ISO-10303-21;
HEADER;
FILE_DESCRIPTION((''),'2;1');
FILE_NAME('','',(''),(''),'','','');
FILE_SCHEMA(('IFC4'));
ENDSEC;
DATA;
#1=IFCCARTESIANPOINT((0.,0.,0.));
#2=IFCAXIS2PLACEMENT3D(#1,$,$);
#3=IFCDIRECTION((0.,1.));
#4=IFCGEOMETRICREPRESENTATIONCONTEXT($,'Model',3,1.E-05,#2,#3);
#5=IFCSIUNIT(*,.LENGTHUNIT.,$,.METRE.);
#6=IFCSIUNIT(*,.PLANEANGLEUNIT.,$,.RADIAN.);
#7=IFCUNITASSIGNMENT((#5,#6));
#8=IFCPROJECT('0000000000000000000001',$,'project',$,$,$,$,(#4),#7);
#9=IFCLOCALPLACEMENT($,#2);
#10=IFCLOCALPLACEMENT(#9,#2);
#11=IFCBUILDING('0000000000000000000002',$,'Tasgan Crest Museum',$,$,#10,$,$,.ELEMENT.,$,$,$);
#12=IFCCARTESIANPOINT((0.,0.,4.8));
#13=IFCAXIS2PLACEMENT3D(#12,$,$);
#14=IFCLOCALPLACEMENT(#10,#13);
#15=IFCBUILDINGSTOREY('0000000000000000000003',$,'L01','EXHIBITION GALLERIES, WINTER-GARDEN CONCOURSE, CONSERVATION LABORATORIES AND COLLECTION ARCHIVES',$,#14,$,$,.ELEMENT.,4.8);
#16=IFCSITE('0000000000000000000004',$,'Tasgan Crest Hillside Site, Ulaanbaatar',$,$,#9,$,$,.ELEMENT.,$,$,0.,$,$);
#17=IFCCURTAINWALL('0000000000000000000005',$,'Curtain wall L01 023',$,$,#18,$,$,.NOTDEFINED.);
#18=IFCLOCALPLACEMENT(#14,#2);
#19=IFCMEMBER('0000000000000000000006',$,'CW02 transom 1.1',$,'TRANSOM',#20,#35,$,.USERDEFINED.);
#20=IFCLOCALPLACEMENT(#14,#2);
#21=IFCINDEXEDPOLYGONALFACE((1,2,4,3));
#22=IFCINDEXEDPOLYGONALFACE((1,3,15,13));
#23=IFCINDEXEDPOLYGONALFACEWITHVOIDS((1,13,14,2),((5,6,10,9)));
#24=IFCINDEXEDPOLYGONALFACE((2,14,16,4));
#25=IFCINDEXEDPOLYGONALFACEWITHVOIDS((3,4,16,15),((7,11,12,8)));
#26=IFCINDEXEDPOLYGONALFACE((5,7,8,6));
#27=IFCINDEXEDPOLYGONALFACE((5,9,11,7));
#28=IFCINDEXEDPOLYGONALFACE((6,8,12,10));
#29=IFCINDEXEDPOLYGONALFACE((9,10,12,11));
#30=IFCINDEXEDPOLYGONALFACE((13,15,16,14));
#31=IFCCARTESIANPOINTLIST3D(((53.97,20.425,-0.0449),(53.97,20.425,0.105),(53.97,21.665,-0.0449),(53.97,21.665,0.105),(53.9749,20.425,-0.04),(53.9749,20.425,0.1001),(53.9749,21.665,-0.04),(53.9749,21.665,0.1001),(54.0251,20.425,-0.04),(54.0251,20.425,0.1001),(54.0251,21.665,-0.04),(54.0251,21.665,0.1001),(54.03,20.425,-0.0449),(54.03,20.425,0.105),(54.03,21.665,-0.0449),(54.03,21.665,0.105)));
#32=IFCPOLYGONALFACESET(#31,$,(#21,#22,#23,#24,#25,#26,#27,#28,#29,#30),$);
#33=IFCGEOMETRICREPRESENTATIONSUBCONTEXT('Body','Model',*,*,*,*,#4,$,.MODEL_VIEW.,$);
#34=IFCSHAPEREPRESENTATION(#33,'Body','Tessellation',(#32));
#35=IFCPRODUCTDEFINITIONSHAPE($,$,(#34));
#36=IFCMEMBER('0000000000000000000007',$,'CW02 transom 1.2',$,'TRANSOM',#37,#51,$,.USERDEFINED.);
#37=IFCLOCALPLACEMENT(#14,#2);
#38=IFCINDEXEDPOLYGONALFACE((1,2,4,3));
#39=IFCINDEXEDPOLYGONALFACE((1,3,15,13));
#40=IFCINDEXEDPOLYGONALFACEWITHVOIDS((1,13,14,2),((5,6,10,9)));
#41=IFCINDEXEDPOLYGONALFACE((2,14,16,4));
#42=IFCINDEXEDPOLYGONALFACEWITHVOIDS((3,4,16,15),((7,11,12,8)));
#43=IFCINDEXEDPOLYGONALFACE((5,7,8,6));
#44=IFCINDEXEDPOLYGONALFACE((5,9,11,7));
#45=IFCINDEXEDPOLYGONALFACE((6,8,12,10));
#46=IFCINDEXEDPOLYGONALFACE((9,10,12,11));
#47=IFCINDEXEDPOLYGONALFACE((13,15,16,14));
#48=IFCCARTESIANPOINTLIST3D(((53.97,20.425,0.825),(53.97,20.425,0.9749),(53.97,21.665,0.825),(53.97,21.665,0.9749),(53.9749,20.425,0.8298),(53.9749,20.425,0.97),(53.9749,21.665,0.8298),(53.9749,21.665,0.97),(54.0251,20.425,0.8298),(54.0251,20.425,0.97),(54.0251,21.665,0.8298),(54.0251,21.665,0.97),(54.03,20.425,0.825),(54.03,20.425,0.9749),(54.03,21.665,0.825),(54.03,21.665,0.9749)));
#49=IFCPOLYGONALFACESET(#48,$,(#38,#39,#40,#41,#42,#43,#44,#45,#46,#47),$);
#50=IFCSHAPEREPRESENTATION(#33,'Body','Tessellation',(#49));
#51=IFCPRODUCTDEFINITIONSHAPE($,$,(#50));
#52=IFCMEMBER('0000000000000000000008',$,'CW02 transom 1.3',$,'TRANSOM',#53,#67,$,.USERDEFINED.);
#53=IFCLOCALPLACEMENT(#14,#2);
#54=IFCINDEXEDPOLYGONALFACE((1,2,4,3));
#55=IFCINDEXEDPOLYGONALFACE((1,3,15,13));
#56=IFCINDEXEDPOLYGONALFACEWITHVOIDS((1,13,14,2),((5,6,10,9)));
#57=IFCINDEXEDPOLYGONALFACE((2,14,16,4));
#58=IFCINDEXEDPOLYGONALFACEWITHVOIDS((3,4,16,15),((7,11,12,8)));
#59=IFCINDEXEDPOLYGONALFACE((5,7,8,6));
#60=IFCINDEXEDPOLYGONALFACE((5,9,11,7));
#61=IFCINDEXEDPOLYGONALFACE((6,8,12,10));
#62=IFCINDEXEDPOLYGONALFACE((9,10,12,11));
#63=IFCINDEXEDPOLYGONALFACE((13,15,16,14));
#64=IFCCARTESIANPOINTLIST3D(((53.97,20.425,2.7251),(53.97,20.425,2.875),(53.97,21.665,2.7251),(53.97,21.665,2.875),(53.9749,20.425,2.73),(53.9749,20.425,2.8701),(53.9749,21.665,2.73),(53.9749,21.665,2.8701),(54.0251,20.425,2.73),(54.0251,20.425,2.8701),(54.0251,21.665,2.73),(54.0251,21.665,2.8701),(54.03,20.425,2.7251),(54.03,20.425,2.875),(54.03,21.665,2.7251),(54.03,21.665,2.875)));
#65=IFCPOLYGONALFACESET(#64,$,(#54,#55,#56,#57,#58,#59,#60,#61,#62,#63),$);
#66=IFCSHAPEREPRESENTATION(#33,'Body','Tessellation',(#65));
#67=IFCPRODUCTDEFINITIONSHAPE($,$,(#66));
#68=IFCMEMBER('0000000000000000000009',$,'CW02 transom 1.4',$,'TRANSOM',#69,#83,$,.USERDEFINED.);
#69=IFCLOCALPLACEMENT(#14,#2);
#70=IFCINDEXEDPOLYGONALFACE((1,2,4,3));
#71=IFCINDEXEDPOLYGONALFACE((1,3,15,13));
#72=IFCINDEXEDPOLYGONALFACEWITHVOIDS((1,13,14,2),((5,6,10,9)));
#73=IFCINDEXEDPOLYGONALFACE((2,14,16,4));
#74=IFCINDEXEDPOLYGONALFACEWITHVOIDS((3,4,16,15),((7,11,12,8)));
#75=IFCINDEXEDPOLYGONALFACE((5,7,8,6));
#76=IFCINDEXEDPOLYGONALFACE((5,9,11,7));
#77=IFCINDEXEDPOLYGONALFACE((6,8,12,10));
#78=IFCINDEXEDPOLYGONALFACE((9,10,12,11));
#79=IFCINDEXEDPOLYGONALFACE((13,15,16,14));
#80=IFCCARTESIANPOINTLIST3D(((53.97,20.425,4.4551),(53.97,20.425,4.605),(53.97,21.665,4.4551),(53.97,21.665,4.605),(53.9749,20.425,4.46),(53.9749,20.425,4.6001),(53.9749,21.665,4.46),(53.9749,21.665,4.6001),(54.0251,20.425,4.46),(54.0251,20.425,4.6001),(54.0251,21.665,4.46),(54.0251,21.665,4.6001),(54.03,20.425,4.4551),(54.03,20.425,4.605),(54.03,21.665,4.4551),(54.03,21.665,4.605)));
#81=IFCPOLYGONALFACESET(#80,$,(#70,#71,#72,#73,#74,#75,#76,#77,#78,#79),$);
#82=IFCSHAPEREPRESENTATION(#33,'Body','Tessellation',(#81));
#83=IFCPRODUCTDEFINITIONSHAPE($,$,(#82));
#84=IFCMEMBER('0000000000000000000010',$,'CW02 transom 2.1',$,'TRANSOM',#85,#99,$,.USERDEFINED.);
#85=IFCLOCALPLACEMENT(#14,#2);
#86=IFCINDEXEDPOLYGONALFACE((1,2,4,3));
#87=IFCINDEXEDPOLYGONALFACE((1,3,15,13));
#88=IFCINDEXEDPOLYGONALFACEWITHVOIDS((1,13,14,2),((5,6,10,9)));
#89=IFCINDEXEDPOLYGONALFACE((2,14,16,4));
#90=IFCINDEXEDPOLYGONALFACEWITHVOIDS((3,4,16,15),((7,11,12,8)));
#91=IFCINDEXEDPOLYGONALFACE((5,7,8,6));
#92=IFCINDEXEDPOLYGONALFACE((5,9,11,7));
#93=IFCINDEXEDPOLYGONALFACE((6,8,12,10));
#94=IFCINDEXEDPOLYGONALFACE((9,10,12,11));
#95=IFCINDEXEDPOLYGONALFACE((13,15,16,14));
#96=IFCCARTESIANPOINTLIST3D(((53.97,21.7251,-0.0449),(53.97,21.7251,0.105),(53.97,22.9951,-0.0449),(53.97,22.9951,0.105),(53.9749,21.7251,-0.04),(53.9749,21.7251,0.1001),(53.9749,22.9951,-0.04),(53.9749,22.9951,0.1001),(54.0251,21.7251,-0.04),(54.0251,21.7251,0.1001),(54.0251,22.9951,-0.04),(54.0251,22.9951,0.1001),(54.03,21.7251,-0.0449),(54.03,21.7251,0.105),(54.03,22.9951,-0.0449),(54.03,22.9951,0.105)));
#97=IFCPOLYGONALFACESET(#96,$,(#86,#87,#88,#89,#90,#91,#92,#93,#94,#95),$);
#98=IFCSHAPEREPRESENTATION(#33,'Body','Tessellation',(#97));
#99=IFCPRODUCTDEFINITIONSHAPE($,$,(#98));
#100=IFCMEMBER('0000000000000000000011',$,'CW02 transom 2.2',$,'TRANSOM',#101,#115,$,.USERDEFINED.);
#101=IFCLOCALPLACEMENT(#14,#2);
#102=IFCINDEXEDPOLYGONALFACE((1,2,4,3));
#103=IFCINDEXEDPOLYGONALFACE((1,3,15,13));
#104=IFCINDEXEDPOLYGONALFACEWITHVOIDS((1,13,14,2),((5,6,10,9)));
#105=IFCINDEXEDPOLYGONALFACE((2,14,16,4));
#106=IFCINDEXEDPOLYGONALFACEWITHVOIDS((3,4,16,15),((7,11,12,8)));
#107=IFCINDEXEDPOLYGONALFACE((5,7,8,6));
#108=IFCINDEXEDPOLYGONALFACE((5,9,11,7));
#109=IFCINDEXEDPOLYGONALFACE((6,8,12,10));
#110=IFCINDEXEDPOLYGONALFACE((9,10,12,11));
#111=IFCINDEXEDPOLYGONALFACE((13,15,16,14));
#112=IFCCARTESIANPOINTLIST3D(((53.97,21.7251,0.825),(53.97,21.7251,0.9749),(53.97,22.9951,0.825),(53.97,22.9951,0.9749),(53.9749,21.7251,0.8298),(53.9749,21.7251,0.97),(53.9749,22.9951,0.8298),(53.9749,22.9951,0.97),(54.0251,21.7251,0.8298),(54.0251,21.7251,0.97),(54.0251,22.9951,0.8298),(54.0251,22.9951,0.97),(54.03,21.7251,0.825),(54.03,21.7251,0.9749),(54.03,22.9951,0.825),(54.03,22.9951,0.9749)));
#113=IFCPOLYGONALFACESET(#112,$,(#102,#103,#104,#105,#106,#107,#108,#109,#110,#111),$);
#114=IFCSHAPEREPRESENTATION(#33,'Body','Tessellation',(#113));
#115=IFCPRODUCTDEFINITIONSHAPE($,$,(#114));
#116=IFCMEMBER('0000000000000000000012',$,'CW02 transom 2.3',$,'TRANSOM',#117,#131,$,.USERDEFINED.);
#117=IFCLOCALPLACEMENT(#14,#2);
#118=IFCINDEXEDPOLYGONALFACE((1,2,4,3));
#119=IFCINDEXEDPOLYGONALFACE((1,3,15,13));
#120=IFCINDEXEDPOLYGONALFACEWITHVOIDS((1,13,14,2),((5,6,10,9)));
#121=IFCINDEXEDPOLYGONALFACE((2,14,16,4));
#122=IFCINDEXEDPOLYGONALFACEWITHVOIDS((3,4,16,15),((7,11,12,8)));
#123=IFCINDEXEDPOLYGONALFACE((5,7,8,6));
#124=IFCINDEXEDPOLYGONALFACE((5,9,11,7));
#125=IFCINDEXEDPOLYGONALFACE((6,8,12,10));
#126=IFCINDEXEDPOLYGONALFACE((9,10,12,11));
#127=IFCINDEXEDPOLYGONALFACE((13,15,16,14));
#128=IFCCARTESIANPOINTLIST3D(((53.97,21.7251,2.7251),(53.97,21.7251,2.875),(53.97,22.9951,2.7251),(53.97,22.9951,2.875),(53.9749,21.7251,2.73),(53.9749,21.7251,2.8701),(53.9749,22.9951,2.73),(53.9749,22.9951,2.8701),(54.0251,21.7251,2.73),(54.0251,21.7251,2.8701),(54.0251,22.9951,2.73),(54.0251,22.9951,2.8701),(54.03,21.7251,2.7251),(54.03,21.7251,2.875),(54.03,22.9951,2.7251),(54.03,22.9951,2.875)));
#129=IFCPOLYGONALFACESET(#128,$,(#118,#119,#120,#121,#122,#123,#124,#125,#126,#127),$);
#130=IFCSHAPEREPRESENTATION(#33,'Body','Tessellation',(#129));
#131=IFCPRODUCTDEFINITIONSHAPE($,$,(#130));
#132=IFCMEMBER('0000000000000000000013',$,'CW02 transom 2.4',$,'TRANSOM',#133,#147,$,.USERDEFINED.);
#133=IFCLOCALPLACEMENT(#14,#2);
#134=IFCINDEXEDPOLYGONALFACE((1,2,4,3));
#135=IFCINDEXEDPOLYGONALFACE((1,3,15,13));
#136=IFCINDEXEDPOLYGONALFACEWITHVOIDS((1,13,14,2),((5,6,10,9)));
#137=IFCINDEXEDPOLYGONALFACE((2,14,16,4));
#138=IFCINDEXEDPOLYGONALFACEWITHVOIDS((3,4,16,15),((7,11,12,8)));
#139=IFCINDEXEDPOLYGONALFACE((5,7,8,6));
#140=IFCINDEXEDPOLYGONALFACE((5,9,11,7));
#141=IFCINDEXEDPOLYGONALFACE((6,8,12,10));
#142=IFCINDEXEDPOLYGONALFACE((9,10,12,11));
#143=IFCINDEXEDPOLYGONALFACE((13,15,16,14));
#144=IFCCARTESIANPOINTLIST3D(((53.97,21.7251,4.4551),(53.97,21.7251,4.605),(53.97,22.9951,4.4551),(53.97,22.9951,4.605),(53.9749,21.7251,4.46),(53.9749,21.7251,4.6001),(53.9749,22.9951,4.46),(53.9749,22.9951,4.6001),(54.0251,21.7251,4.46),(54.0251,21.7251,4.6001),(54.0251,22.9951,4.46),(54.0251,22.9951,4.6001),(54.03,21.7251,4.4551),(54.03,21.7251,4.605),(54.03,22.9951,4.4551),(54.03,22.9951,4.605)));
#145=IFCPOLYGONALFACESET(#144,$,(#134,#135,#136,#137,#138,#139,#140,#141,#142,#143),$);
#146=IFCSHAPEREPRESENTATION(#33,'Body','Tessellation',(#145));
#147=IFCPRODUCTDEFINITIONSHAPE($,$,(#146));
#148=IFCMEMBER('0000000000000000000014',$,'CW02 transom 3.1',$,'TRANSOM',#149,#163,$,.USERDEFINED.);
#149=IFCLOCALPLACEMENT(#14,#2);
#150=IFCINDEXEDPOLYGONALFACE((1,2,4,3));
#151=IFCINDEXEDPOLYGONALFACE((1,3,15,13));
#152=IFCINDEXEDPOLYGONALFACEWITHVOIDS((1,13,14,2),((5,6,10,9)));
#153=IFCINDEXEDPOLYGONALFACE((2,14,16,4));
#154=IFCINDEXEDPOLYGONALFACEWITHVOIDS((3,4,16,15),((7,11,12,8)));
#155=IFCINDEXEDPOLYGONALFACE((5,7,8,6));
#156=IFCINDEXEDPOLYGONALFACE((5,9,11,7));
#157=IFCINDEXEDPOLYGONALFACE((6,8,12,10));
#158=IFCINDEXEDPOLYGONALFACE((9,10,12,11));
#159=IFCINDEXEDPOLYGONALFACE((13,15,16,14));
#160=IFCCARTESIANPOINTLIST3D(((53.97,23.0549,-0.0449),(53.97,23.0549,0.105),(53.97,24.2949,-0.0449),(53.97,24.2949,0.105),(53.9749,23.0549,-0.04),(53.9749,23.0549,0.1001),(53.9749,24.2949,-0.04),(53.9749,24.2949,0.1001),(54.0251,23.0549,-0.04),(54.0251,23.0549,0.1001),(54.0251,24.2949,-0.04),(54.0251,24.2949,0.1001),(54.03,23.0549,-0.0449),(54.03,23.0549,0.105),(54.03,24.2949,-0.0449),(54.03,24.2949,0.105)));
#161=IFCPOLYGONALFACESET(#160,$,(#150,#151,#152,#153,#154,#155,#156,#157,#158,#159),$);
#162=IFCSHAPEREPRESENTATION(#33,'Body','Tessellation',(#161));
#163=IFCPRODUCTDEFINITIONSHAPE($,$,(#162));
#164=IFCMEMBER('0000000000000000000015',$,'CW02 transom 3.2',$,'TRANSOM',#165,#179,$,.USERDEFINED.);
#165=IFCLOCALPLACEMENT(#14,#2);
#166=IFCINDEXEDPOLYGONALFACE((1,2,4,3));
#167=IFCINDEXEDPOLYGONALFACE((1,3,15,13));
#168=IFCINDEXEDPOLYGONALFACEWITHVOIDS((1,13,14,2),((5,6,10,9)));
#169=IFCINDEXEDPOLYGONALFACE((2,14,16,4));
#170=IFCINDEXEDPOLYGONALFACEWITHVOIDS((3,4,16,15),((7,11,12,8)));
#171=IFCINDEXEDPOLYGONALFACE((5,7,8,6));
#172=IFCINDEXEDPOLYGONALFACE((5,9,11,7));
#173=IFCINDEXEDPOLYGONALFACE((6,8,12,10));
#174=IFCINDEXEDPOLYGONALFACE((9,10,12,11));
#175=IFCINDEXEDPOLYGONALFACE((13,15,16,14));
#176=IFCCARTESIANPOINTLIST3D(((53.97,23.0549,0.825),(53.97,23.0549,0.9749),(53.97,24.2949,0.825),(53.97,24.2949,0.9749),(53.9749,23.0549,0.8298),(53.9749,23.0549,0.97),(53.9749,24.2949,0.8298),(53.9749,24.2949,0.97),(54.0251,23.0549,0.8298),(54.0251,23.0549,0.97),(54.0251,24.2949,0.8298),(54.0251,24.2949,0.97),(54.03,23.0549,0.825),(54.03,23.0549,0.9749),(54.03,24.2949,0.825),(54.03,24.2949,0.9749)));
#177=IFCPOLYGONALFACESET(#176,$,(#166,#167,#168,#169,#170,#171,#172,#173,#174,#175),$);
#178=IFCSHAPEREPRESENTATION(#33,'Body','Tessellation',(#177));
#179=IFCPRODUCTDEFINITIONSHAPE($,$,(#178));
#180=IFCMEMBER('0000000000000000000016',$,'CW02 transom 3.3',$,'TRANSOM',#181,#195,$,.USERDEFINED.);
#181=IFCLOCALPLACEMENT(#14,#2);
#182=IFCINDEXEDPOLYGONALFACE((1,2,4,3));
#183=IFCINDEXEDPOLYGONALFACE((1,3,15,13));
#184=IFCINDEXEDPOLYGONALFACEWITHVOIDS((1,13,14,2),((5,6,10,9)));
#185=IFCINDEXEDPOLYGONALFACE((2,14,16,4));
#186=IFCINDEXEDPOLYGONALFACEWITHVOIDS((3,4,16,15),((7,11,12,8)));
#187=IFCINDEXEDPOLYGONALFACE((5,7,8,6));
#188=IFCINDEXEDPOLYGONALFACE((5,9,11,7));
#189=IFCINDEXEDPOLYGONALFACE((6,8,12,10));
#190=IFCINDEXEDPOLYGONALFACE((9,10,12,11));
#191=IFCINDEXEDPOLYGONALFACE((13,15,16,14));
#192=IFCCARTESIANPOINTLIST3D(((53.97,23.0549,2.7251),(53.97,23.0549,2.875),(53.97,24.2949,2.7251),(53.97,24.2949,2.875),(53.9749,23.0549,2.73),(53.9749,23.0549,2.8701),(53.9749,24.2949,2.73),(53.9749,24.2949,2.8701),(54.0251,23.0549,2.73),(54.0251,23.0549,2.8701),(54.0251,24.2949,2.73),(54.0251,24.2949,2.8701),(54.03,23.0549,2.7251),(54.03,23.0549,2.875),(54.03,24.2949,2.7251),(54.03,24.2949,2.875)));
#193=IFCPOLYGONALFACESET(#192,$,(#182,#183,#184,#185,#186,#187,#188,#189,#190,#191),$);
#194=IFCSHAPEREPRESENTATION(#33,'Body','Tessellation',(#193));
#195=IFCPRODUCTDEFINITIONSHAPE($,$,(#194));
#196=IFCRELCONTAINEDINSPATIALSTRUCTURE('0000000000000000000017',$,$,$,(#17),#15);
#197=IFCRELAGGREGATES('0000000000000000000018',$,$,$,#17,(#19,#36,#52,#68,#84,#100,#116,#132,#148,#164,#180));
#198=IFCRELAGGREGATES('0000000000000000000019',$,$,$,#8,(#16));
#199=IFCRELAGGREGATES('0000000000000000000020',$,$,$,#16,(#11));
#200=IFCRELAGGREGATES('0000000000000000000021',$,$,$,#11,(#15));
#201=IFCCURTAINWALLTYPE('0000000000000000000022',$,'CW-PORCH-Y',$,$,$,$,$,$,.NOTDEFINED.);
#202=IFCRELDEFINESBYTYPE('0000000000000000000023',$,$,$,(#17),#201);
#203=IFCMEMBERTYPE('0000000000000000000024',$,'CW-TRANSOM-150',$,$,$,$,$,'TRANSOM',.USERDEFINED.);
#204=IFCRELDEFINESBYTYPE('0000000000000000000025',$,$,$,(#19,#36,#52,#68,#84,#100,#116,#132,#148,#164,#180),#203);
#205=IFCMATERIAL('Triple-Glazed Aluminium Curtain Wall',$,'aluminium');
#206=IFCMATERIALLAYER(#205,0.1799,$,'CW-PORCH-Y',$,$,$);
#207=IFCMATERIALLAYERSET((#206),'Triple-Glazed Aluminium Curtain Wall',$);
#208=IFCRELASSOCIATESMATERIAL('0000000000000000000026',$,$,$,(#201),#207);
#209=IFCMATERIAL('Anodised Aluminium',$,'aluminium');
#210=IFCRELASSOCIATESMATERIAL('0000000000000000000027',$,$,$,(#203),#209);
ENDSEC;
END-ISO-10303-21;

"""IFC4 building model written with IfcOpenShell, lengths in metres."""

from ifc_helpers import new_model, si_unit, direction, frame, origin, origin_2d, place, context, subcontext, project, spatial, hollow_rectangle, extrude, material, layer, layer_set, material_profile, profile_set, type_object, element, aggregate, save


model = new_model("IFC4")

# Units and contexts
model_context = context("Model", 3, precision=1e-05, world=origin(), true_north=direction((0.0, 1.0)))
body_context = subcontext(model_context, "Body", "Model", "MODEL_VIEW")
ifc_project = project(units=[si_unit("LENGTHUNIT", "METRE"), si_unit("PLANEANGLEUNIT", "RADIAN")], contexts=[model_context])

# Site, building, storey
site_placement = place(None, origin())
site = spatial("IfcSite", under=ifc_project, at=site_placement, Name="Tasgan Crest Hillside Site, Ulaanbaatar", CompositionType="ELEMENT", RefElevation=0.0)
building_placement = place(site_placement, origin())
building = spatial("IfcBuilding", under=site, at=building_placement, Name="Tasgan Crest Museum", CompositionType="ELEMENT")
storey_placement = place(building_placement, frame((0.0, 0.0, 4.8)))
storey = spatial("IfcBuildingStorey", under=building, at=storey_placement, Name="L01", Description="EXHIBITION GALLERIES, WINTER-GARDEN CONCOURSE, CONSERVATION LABORATORIES AND COLLECTION ARCHIVES", CompositionType="ELEMENT", Elevation=4.8)

# Shared definitions
ifc_material_1 = material(Name="Triple-Glazed Aluminium Curtain Wall", Category="aluminium")
ifc_layer_1 = layer(ifc_material_1, 0.1799, Name="CW-PORCH-Y")
ifc_layer_set_1 = layer_set([ifc_layer_1], Name="Triple-Glazed Aluminium Curtain Wall")
curtain_wall_type = type_object("IfcCurtainWallType", Name="CW-PORCH-Y", PredefinedType="NOTDEFINED", material=ifc_layer_set_1)

# Curtain wall, members
curtain_wall_1_placement = place(storey_placement, origin())
curtain_wall_1 = element("IfcCurtainWall", 1, at=curtain_wall_1_placement, inside=storey, type_object=curtain_wall_type, Name="Curtain wall L01 023", PredefinedType="NOTDEFINED")
ifc_material_2 = material(Name="Anodised Aluminium", Category="aluminium")
ifc_material_profile_1 = material_profile(ifc_material_2, hollow_rectangle(XDim=0.0601, YDim=0.1499, WallThickness=0.0049, at=origin_2d()), Name="ALU TRANSOM 150x60x5")
ifc_profile_set_1 = profile_set([ifc_material_profile_1], Name="Anodised Aluminium")
member_type_1 = type_object("IfcMemberType", Name="CW-TRANSOM-150", ElementType="TRANSOM", PredefinedType="USERDEFINED", material=ifc_profile_set_1)
member_1_placement = place(storey_placement, frame((54.0, 20.425, 0.03), z_axis=(0.0, 1.0, 0.0), x_axis=(-1.0, 0.0, 0.0)))
member_1 = element("IfcMember", 2, at=member_1_placement, type_object=member_type_1, Name="CW02 transom 1.1", ObjectType="TRANSOM", PredefinedType="USERDEFINED", context=body_context, shape_type="SweptSolid", body=[
    extrude(hollow_rectangle(XDim=0.0601, YDim=0.1499, WallThickness=0.0049, at=origin_2d()), origin(), (0.0, 0.0, 1.0), 1.24),
])
member_2_placement = place(storey_placement, frame((54.0, 20.425, 0.8999), z_axis=(0.0, 1.0, 0.0), x_axis=(-1.0, 0.0, 0.0)))
member_2 = element("IfcMember", 3, at=member_2_placement, type_object=member_type_1, Name="CW02 transom 1.2", ObjectType="TRANSOM", PredefinedType="USERDEFINED", context=body_context, shape_type="SweptSolid", body=[
    extrude(hollow_rectangle(XDim=0.0601, YDim=0.1499, WallThickness=0.0049, at=origin_2d()), origin(), (0.0, 0.0, 1.0), 1.24),
])
member_3_placement = place(storey_placement, frame((54.0, 20.425, 2.8), z_axis=(0.0, 1.0, 0.0), x_axis=(-1.0, 0.0, 0.0)))
member_3 = element("IfcMember", 4, at=member_3_placement, type_object=member_type_1, Name="CW02 transom 1.3", ObjectType="TRANSOM", PredefinedType="USERDEFINED", context=body_context, shape_type="SweptSolid", body=[
    extrude(hollow_rectangle(XDim=0.0601, YDim=0.1499, WallThickness=0.0049, at=origin_2d()), origin(), (0.0, 0.0, 1.0), 1.24),
])
member_4_placement = place(storey_placement, frame((54.0, 20.425, 4.53), z_axis=(0.0, 1.0, 0.0), x_axis=(-1.0, 0.0, 0.0)))
member_4 = element("IfcMember", 5, at=member_4_placement, type_object=member_type_1, Name="CW02 transom 1.4", ObjectType="TRANSOM", PredefinedType="USERDEFINED", context=body_context, shape_type="SweptSolid", body=[
    extrude(hollow_rectangle(XDim=0.0601, YDim=0.1499, WallThickness=0.0049, at=origin_2d()), origin(), (0.0, 0.0, 1.0), 1.24),
])
member_5_placement = place(storey_placement, frame((54.0, 21.7251, 0.03), z_axis=(0.0, 1.0, 0.0), x_axis=(-1.0, 0.0, 0.0)))
member_5 = element("IfcMember", 6, at=member_5_placement, type_object=member_type_1, Name="CW02 transom 2.1", ObjectType="TRANSOM", PredefinedType="USERDEFINED", context=body_context, shape_type="SweptSolid", body=[
    extrude(hollow_rectangle(XDim=0.0601, YDim=0.1499, WallThickness=0.0049, at=origin_2d()), origin(), (0.0, 0.0, 1.0), 1.27),
])
member_6_placement = place(storey_placement, frame((54.0, 21.7251, 0.8999), z_axis=(0.0, 1.0, 0.0), x_axis=(-1.0, 0.0, 0.0)))
member_6 = element("IfcMember", 7, at=member_6_placement, type_object=member_type_1, Name="CW02 transom 2.2", ObjectType="TRANSOM", PredefinedType="USERDEFINED", context=body_context, shape_type="SweptSolid", body=[
    extrude(hollow_rectangle(XDim=0.0601, YDim=0.1499, WallThickness=0.0049, at=origin_2d()), origin(), (0.0, 0.0, 1.0), 1.27),
])
member_7_placement = place(storey_placement, frame((54.0, 21.7251, 2.8), z_axis=(0.0, 1.0, 0.0), x_axis=(-1.0, 0.0, 0.0)))
member_7 = element("IfcMember", 8, at=member_7_placement, type_object=member_type_1, Name="CW02 transom 2.3", ObjectType="TRANSOM", PredefinedType="USERDEFINED", context=body_context, shape_type="SweptSolid", body=[
    extrude(hollow_rectangle(XDim=0.0601, YDim=0.1499, WallThickness=0.0049, at=origin_2d()), origin(), (0.0, 0.0, 1.0), 1.27),
])
member_8_placement = place(storey_placement, frame((54.0, 21.7251, 4.53), z_axis=(0.0, 1.0, 0.0), x_axis=(-1.0, 0.0, 0.0)))
member_8 = element("IfcMember", 9, at=member_8_placement, type_object=member_type_1, Name="CW02 transom 2.4", ObjectType="TRANSOM", PredefinedType="USERDEFINED", context=body_context, shape_type="SweptSolid", body=[
    extrude(hollow_rectangle(XDim=0.0601, YDim=0.1499, WallThickness=0.0049, at=origin_2d()), origin(), (0.0, 0.0, 1.0), 1.27),
])
member_9_placement = place(storey_placement, frame((54.0, 23.0549, 0.03), z_axis=(0.0, 1.0, 0.0), x_axis=(-1.0, 0.0, 0.0)))
member_9 = element("IfcMember", 10, at=member_9_placement, type_object=member_type_1, Name="CW02 transom 3.1", ObjectType="TRANSOM", PredefinedType="USERDEFINED", context=body_context, shape_type="SweptSolid", body=[
    extrude(hollow_rectangle(XDim=0.0601, YDim=0.1499, WallThickness=0.0049, at=origin_2d()), origin(), (0.0, 0.0, 1.0), 1.24),
])
member_10_placement = place(storey_placement, frame((54.0, 23.0549, 0.8999), z_axis=(0.0, 1.0, 0.0), x_axis=(-1.0, 0.0, 0.0)))
member_10 = element("IfcMember", 11, at=member_10_placement, type_object=member_type_1, Name="CW02 transom 3.2", ObjectType="TRANSOM", PredefinedType="USERDEFINED", context=body_context, shape_type="SweptSolid", body=[
    extrude(hollow_rectangle(XDim=0.0601, YDim=0.1499, WallThickness=0.0049, at=origin_2d()), origin(), (0.0, 0.0, 1.0), 1.24),
])
member_11_placement = place(storey_placement, frame((54.0, 23.0549, 2.8), z_axis=(0.0, 1.0, 0.0), x_axis=(-1.0, 0.0, 0.0)))
member_11 = element("IfcMember", 12, at=member_11_placement, type_object=member_type_1, Name="CW02 transom 3.3", ObjectType="TRANSOM", PredefinedType="USERDEFINED", context=body_context, shape_type="SweptSolid", body=[
    extrude(hollow_rectangle(XDim=0.0601, YDim=0.1499, WallThickness=0.0049, at=origin_2d()), origin(), (0.0, 0.0, 1.0), 1.24),
])

aggregate(curtain_wall_1, [member_1, member_2, member_3, member_4, member_5, member_6, member_7, member_8, member_9, member_10, member_11])

save(model, "model.ifc")
